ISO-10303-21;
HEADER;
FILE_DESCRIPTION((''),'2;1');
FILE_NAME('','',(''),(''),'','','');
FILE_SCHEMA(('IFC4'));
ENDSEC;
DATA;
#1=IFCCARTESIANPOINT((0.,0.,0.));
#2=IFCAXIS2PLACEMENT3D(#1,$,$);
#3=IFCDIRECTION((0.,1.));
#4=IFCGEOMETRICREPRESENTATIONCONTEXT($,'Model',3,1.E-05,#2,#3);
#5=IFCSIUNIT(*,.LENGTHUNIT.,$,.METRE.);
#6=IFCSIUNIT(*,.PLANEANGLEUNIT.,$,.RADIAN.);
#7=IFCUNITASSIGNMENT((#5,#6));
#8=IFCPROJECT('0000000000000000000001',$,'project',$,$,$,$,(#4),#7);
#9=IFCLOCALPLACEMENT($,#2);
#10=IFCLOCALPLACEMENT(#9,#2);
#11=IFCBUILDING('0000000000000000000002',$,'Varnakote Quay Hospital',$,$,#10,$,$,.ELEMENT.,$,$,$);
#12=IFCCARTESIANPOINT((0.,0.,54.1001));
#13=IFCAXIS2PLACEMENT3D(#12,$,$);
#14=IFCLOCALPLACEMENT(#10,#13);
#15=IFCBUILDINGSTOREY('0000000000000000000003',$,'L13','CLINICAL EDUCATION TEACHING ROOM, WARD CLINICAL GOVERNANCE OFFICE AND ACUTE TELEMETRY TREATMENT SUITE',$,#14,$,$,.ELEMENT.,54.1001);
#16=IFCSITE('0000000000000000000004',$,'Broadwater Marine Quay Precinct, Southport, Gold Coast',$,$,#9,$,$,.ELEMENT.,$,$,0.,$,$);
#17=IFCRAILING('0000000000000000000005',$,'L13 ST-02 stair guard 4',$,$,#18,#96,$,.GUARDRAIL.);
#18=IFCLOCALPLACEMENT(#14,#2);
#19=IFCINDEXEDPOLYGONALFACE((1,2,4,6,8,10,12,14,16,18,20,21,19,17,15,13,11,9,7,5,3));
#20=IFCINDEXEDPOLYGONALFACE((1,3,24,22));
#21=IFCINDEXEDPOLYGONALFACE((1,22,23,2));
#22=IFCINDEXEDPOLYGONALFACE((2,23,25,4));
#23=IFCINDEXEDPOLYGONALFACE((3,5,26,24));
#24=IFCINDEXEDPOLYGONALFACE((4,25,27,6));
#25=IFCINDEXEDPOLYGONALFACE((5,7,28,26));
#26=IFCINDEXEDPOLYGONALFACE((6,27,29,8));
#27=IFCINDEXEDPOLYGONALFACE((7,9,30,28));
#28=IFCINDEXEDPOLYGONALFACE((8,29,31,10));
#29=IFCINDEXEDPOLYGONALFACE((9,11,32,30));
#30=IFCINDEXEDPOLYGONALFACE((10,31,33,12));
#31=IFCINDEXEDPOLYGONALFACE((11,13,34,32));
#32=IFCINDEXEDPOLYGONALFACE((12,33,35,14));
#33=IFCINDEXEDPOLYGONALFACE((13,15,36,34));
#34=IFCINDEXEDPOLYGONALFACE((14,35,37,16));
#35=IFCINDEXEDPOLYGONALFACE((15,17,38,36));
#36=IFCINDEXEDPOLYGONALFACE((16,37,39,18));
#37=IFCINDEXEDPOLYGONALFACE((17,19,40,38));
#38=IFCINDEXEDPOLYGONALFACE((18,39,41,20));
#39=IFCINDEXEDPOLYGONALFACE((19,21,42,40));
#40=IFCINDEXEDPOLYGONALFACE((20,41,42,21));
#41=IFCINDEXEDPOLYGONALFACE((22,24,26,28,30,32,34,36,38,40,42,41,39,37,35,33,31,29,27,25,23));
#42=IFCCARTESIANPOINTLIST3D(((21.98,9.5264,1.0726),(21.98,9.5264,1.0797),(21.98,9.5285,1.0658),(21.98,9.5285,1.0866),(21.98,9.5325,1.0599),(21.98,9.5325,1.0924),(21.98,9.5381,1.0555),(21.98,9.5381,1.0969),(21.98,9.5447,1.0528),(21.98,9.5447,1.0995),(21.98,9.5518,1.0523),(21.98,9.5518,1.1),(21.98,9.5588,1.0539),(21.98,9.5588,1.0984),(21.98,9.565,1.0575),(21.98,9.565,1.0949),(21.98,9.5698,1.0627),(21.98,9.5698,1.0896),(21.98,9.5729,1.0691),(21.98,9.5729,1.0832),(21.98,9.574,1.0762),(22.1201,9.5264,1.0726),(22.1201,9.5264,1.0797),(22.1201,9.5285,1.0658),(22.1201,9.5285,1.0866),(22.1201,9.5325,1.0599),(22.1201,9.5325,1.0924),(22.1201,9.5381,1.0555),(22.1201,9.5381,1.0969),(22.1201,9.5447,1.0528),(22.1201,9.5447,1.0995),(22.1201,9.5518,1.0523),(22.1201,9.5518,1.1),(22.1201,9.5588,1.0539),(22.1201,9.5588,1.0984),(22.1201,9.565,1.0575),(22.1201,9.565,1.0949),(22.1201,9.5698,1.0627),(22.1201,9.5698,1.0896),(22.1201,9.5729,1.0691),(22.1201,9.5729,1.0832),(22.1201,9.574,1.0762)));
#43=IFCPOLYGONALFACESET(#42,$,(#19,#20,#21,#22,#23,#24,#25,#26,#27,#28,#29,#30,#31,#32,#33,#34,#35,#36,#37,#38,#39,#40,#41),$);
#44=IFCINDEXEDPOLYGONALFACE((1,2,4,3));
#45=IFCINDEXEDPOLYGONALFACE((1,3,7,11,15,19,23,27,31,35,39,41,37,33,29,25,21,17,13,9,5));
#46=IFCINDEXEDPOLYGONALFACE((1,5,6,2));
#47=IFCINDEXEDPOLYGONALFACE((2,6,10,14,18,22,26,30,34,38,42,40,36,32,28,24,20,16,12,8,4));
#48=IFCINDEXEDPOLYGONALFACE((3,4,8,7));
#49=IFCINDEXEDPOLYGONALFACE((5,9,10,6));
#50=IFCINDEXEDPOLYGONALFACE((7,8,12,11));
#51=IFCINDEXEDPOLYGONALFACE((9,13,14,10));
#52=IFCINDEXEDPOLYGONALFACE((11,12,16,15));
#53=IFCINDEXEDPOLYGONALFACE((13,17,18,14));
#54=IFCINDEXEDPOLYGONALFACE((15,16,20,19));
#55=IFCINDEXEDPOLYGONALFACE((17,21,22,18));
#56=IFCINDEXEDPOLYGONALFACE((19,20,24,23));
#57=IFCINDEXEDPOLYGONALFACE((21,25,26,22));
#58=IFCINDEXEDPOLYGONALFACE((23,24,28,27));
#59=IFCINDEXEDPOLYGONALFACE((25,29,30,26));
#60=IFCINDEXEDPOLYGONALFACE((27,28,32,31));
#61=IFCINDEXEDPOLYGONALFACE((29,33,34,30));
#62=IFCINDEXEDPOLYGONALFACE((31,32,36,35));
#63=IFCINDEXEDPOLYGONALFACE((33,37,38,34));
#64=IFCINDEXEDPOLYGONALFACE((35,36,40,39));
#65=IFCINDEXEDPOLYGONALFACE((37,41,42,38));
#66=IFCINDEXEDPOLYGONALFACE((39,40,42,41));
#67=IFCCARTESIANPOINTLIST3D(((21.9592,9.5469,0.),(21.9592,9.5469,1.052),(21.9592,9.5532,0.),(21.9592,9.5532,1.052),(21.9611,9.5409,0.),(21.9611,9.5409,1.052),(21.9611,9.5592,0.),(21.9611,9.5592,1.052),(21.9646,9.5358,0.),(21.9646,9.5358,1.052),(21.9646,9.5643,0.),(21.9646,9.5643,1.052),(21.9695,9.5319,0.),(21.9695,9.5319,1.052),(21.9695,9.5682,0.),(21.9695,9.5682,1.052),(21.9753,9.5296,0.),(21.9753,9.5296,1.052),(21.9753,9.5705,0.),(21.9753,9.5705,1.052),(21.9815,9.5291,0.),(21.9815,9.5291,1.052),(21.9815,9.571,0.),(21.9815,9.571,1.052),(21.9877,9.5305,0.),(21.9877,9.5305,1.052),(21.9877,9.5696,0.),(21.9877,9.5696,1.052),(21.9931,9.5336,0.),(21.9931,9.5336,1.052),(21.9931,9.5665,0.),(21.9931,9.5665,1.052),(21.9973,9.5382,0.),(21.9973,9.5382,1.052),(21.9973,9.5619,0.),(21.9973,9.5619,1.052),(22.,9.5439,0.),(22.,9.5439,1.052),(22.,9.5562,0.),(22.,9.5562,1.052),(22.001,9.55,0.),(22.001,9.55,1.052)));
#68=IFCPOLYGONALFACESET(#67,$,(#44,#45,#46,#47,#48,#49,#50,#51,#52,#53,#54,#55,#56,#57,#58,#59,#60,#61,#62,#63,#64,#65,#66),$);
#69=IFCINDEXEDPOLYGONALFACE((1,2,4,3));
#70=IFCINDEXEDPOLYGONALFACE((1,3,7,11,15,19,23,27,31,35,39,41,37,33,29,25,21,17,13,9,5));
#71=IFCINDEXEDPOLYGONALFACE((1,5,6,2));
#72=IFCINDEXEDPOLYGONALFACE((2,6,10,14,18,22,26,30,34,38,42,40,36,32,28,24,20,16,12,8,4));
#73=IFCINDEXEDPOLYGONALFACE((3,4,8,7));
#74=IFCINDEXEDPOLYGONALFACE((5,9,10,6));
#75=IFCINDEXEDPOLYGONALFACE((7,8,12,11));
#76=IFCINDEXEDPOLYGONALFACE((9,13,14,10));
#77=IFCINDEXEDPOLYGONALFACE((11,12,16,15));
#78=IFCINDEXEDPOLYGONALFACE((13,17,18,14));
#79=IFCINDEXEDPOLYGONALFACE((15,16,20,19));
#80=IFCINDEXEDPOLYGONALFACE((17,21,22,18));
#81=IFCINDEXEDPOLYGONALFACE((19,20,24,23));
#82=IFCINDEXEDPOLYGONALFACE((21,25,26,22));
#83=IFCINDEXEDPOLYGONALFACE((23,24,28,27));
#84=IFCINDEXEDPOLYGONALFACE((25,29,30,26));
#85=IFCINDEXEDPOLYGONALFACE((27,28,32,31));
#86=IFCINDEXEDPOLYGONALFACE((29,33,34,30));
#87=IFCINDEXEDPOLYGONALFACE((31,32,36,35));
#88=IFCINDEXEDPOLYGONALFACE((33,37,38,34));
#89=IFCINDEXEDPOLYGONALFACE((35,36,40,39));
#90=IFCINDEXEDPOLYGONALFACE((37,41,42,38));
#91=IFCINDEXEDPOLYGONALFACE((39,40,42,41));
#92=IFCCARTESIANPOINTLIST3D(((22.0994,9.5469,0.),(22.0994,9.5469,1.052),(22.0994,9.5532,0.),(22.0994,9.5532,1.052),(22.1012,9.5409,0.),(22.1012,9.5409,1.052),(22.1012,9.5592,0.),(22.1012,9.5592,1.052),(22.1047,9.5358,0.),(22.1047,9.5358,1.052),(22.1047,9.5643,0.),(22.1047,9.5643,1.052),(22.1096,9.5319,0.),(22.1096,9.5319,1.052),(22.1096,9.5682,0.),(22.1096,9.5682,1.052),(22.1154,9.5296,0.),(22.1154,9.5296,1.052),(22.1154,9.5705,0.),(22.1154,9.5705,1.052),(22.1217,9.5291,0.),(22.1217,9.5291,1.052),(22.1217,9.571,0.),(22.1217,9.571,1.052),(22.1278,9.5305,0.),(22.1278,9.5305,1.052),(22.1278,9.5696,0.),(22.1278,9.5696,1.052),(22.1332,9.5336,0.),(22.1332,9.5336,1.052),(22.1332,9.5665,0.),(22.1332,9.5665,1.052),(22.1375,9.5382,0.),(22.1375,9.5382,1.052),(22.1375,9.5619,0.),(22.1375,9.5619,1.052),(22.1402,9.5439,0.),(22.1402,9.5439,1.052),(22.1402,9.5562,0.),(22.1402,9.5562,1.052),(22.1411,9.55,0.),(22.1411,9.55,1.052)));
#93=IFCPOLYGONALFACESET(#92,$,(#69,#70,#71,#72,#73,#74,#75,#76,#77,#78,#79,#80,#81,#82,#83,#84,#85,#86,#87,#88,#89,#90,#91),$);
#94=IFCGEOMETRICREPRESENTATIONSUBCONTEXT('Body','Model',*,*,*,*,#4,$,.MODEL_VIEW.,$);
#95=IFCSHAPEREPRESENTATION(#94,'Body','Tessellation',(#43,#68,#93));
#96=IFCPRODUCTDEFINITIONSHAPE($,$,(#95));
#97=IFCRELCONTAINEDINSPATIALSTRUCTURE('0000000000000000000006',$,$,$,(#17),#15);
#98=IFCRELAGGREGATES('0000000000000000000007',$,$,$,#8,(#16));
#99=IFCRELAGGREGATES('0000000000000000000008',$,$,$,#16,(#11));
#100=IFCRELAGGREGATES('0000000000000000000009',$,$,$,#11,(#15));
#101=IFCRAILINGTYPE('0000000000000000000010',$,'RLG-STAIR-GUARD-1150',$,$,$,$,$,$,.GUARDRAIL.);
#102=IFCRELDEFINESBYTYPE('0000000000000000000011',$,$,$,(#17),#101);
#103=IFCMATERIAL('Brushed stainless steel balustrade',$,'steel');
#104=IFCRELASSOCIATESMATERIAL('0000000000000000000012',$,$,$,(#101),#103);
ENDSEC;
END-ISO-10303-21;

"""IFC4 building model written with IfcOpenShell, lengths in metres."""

from ifc_helpers import new_model, si_unit, direction, frame, origin, origin_2d, place, context, subcontext, project, spatial, circle, extrude, material, type_object, element, save


model = new_model("IFC4")

# Units and contexts
model_context = context("Model", 3, precision=1e-05, world=origin(), true_north=direction((0.0, 1.0)))
body_context = subcontext(model_context, "Body", "Model", "MODEL_VIEW")
ifc_project = project(units=[si_unit("LENGTHUNIT", "METRE"), si_unit("PLANEANGLEUNIT", "RADIAN")], contexts=[model_context])

# Site, building, storey
site_placement = place(None, origin())
site = spatial("IfcSite", under=ifc_project, at=site_placement, Name="Broadwater Marine Quay Precinct, Southport, Gold Coast", CompositionType="ELEMENT", RefElevation=0.0)
building_placement = place(site_placement, origin())
building = spatial("IfcBuilding", under=site, at=building_placement, Name="Varnakote Quay Hospital", CompositionType="ELEMENT")
storey_placement = place(building_placement, frame((0.0, 0.0, 54.1001)))
storey = spatial("IfcBuildingStorey", under=building, at=storey_placement, Name="L13", Description="CLINICAL EDUCATION TEACHING ROOM, WARD CLINICAL GOVERNANCE OFFICE AND ACUTE TELEMETRY TREATMENT SUITE", CompositionType="ELEMENT", Elevation=54.1001)

# Railing
ifc_material_1 = material(Name="Brushed stainless steel balustrade", Category="steel")
railing_type_1 = type_object("IfcRailingType", Name="RLG-STAIR-GUARD-1150", PredefinedType="GUARDRAIL", material=ifc_material_1)
railing_1_placement = place(storey_placement, frame((21.98, 9.55, 0.0)))
element("IfcRailing", 1, at=railing_1_placement, inside=storey, type_object=railing_type_1, Name="L13 ST-02 stair guard 4", PredefinedType="GUARDRAIL", context=body_context, shape_type="SweptSolid", body=[
    extrude(circle(Radius=0.0239, at=origin_2d()), frame((0.0, 0.0, 1.0762), z_axis=(1.0, 0.0, 0.0), x_axis=(0.0, 1.0, 0.0)), (0.0, 0.0, 1.0), 0.1401),
    extrude(circle(Radius=0.021, at=origin_2d()), origin(), (0.0, 0.0, 1.0), 1.052),
    extrude(circle(Radius=0.021, at=origin_2d()), frame((0.1401, 0.0, 0.0)), (0.0, 0.0, 1.0), 1.052),
])

save(model, "model.ifc")
